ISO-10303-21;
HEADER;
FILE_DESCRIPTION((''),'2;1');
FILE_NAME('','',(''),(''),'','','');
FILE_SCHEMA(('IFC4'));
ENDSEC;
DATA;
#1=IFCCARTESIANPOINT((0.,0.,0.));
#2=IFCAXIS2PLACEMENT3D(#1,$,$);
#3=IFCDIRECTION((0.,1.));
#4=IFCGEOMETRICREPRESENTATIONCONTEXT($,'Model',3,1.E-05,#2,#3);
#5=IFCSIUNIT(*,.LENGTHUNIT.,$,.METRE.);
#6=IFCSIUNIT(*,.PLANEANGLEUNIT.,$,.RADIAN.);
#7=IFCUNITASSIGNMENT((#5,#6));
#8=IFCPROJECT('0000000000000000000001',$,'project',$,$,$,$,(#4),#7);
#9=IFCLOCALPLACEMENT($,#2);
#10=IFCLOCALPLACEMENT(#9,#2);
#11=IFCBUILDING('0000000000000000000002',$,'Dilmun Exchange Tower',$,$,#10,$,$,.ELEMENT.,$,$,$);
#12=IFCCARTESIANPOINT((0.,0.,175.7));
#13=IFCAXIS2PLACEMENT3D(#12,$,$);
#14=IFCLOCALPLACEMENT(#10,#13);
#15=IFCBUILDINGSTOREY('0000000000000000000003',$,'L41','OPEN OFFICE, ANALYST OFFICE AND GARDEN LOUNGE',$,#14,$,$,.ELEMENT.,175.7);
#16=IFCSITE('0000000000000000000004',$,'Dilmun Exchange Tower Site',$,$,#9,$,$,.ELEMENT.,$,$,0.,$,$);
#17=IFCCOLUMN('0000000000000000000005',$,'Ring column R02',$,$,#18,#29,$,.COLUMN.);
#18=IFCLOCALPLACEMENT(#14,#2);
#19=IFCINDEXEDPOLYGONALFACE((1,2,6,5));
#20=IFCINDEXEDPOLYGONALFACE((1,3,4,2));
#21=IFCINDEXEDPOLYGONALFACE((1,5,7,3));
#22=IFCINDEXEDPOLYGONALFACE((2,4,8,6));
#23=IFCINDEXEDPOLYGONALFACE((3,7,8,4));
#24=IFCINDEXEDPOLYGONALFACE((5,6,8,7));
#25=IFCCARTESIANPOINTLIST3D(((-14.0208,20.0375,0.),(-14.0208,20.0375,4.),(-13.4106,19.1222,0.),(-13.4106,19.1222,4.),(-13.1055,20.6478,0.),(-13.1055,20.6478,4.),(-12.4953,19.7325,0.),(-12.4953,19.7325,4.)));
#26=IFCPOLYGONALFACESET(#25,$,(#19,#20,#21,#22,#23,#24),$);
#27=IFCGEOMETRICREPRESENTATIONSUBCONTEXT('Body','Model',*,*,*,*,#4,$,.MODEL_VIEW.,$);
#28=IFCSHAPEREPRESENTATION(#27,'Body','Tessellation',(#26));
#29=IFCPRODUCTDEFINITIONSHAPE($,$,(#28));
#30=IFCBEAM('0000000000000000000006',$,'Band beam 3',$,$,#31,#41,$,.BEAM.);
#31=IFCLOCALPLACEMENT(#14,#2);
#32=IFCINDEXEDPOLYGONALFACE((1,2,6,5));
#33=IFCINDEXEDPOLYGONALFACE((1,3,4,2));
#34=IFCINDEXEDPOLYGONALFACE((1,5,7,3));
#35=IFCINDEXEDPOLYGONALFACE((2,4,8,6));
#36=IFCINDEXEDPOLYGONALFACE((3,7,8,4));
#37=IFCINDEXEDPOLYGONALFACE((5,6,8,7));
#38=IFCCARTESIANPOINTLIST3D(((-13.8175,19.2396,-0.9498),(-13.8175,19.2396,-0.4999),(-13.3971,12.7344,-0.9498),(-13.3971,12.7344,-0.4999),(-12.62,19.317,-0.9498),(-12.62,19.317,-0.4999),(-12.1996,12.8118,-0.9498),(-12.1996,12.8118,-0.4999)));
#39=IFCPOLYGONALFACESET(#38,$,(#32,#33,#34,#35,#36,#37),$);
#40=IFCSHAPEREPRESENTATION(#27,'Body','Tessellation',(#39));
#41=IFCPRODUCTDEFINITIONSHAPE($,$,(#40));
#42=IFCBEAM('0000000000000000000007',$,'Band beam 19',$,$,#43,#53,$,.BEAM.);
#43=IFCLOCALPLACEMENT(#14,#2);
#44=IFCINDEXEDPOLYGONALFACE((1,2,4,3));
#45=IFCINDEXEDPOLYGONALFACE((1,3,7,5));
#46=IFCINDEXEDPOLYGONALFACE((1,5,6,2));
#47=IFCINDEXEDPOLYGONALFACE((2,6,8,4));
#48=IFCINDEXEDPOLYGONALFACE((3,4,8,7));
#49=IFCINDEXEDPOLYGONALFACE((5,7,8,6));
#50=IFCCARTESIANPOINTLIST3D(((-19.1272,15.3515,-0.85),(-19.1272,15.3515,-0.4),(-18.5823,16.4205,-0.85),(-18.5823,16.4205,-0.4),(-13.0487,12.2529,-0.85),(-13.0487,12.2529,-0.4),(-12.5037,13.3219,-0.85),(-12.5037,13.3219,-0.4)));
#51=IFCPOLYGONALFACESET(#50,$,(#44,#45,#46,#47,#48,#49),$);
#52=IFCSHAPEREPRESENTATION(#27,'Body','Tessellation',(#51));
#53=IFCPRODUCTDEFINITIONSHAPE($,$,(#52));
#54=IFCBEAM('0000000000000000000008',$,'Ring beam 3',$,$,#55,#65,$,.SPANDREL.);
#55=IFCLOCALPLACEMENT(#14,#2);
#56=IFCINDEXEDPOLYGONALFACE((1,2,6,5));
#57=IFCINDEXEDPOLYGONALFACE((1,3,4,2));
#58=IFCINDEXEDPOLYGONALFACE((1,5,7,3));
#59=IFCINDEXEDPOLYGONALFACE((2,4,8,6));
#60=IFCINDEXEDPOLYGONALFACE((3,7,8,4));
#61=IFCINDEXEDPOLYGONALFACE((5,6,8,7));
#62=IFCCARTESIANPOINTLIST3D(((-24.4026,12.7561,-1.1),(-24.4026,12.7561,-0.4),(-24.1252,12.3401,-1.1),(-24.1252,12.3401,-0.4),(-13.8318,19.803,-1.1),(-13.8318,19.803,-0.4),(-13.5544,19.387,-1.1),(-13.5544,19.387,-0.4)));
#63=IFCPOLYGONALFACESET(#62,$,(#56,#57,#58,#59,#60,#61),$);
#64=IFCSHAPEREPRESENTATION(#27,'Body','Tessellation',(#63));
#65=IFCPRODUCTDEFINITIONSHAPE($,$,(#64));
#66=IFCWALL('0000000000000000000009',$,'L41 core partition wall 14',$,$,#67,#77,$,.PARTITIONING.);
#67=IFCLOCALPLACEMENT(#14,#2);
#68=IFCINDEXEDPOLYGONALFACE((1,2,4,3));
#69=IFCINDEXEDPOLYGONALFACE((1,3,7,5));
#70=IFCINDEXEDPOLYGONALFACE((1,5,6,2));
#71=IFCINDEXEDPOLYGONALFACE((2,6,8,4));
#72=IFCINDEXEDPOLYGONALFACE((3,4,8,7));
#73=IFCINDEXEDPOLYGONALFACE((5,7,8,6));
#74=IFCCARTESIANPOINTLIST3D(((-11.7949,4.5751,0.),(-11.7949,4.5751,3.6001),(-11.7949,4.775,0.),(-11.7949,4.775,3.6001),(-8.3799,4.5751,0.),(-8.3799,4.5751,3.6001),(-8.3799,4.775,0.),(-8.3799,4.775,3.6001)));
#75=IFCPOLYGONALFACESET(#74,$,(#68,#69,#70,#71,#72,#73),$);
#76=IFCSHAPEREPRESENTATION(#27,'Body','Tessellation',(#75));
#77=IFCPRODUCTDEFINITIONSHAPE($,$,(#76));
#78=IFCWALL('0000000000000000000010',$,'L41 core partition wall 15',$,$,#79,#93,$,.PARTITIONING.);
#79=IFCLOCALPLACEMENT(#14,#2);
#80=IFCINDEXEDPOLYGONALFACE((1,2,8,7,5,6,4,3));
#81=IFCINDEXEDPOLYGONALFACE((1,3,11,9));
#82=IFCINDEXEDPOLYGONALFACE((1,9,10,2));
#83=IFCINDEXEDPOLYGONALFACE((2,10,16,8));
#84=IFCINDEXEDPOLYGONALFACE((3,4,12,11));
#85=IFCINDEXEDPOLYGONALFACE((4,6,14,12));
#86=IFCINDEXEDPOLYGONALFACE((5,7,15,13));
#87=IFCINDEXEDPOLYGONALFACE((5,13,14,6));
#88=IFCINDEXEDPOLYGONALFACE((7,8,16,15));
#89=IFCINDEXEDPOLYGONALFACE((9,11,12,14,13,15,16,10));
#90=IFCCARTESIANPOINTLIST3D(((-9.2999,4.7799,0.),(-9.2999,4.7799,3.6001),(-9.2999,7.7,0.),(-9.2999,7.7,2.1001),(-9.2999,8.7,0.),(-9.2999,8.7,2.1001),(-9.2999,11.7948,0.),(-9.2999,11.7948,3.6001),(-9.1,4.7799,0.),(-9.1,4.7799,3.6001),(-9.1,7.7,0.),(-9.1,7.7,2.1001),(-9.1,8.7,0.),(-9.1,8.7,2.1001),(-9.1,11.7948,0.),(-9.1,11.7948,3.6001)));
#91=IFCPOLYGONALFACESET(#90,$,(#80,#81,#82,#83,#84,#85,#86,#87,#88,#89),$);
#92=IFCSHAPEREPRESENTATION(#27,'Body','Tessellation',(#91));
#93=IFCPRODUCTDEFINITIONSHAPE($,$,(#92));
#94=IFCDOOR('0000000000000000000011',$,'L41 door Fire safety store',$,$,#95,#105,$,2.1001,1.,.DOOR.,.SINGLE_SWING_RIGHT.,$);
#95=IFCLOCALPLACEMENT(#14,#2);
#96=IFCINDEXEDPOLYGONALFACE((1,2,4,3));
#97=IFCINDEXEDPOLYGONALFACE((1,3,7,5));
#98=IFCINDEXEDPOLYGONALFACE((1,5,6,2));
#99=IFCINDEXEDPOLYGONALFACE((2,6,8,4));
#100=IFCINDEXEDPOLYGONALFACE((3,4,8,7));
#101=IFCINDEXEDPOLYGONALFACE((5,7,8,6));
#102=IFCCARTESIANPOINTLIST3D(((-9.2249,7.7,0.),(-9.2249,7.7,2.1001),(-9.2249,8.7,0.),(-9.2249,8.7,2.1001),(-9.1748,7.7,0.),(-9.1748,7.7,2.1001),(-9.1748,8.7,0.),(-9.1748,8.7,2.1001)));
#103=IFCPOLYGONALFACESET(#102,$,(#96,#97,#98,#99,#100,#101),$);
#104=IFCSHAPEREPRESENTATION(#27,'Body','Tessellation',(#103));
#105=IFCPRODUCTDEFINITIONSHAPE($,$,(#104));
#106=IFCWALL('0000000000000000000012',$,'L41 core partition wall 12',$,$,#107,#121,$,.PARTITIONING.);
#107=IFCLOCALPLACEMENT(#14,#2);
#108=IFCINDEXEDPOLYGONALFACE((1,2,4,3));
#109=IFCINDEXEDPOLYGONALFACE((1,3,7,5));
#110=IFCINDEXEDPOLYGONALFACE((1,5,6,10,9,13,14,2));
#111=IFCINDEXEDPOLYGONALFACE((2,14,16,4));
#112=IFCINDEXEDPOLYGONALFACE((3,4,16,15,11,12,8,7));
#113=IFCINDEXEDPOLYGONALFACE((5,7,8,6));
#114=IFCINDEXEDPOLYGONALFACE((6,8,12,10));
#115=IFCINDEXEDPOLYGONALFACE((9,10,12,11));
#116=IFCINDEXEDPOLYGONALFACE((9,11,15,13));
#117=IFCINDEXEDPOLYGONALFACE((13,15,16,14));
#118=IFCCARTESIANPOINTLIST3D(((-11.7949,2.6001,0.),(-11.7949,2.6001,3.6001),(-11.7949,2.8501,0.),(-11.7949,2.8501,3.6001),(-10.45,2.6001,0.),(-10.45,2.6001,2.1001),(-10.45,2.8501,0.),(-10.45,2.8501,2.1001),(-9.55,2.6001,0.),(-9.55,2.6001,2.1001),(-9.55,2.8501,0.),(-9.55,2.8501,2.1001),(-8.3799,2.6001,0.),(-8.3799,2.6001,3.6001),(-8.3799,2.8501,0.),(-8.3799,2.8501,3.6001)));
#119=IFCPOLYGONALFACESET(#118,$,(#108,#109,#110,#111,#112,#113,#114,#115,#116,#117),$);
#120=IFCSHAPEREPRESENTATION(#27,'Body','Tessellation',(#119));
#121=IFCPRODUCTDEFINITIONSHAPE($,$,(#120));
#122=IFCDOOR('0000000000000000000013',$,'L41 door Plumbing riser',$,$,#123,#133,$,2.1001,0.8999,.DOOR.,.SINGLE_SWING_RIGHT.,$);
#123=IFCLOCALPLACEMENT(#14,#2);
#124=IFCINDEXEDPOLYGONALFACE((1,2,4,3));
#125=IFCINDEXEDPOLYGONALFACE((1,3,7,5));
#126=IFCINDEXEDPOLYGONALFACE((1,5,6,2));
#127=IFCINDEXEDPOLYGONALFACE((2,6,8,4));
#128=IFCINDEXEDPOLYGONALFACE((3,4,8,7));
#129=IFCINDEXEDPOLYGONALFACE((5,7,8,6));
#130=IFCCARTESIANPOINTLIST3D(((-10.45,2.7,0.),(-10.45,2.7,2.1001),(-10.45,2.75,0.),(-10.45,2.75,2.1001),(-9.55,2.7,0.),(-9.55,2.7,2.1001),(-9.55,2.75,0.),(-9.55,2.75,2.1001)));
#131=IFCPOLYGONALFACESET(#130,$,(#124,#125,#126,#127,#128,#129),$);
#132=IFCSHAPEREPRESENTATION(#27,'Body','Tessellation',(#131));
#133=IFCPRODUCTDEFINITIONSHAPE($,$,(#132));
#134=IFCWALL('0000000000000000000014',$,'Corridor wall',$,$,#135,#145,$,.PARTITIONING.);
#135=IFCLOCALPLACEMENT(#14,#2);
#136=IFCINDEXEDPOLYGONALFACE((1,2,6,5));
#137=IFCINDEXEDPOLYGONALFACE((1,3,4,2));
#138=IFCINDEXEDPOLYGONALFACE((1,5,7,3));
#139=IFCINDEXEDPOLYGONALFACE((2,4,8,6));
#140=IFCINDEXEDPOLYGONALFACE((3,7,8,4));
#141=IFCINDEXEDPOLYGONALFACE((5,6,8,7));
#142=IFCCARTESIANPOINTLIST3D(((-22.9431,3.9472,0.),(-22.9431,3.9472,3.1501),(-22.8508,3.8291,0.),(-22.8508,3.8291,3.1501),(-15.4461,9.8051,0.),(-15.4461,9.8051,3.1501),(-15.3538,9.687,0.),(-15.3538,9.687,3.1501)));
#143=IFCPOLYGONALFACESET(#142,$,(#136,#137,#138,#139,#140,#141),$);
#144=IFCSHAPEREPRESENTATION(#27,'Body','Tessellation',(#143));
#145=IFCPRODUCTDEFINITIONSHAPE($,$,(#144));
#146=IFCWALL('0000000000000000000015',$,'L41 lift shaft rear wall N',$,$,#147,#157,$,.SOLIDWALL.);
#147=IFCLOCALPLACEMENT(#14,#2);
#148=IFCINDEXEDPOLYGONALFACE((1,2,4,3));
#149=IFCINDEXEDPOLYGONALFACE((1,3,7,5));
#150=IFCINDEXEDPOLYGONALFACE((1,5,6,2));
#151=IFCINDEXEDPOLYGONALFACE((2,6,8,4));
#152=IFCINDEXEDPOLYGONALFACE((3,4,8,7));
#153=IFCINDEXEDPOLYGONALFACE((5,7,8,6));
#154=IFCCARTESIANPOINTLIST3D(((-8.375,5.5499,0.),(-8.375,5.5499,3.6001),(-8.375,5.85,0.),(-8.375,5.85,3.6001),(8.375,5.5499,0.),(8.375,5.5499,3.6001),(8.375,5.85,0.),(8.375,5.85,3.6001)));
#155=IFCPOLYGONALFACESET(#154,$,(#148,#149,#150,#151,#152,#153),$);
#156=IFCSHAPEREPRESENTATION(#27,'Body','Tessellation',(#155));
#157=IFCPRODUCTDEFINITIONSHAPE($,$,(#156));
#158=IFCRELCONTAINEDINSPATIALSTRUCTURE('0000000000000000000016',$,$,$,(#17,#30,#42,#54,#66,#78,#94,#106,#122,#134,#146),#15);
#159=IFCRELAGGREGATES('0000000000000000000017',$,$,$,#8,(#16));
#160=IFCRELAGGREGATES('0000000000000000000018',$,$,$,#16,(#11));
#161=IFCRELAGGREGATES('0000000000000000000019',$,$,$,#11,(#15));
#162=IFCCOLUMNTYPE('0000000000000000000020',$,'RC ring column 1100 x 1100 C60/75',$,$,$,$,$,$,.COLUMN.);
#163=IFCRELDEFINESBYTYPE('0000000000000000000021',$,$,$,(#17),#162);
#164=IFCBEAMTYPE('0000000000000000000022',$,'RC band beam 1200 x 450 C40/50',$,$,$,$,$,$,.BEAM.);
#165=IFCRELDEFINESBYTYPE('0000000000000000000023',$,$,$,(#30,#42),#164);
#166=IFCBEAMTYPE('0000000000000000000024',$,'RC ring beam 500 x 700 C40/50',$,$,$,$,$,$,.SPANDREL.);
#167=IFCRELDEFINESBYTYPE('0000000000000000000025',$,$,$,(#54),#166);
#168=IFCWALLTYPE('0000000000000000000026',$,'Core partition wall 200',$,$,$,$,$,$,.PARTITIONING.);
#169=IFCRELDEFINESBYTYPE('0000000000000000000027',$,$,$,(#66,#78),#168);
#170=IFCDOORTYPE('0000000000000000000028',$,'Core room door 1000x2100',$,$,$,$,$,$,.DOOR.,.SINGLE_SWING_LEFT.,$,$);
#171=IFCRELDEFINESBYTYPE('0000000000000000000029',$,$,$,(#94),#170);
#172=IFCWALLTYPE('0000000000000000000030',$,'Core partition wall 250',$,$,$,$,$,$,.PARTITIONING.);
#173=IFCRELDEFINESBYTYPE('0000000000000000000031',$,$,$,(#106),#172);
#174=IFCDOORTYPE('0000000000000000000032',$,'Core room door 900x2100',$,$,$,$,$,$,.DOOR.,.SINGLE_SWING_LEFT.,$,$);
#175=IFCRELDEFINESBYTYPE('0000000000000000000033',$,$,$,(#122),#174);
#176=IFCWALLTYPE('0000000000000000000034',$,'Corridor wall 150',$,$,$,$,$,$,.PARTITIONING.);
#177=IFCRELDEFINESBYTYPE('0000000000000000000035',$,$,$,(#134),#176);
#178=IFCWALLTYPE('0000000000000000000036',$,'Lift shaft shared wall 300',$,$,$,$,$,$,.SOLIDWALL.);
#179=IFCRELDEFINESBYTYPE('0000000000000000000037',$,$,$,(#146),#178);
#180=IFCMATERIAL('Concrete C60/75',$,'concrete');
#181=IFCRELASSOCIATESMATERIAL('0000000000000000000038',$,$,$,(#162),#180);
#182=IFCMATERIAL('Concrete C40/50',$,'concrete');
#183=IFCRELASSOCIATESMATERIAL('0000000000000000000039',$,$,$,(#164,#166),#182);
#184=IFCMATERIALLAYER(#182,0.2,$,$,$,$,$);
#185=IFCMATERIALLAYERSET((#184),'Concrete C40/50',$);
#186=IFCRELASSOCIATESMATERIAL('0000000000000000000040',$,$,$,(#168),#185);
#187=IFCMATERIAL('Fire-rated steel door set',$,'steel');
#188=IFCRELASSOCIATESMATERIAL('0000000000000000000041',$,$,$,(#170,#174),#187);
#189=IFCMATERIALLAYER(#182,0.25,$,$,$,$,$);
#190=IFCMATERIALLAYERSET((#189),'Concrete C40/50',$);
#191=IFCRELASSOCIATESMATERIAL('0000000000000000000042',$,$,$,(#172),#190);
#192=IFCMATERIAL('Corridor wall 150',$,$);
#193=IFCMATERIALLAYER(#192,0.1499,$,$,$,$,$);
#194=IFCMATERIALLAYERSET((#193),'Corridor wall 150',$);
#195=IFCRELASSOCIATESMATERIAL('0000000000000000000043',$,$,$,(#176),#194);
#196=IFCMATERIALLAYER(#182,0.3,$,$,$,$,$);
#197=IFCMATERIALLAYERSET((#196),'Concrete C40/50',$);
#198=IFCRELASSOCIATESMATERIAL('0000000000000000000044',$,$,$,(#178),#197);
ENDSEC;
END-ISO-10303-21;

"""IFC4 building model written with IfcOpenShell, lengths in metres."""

from ifc_helpers import new_model, si_unit, direction, frame, frame_2d, origin, origin_2d, place, context, subcontext, project, spatial, rectangle, extrude, material, layer, layer_set, material_profile, profile_set, type_object, element, fill, save


model = new_model("IFC4")

# Units and contexts
model_context = context("Model", 3, precision=1e-05, world=origin(), true_north=direction((0.0, 1.0)))
body_context = subcontext(model_context, "Body", "Model", "MODEL_VIEW")
ifc_project = project(units=[si_unit("LENGTHUNIT", "METRE"), si_unit("PLANEANGLEUNIT", "RADIAN")], contexts=[model_context])

# Site, building, storey
site_placement = place(None, origin())
site = spatial("IfcSite", under=ifc_project, at=site_placement, Name="Dilmun Exchange Tower Site", CompositionType="ELEMENT", RefElevation=0.0)
building_placement = place(site_placement, origin())
building = spatial("IfcBuilding", under=site, at=building_placement, Name="Dilmun Exchange Tower", CompositionType="ELEMENT")
storey_placement = place(building_placement, frame((0.0, 0.0, 175.7)))
storey = spatial("IfcBuildingStorey", under=building, at=storey_placement, Name="L41", Description="OPEN OFFICE, ANALYST OFFICE AND GARDEN LOUNGE", CompositionType="ELEMENT", Elevation=175.7)

# Column
ifc_material_1 = material(Name="Concrete C60/75", Category="concrete")
ifc_material_profile_1 = material_profile(ifc_material_1, rectangle(XDim=1.1001, YDim=1.1001, at=origin_2d()), Name="1100 x 1100")
ifc_profile_set_1 = profile_set([ifc_material_profile_1], Name="Concrete C60/75")
column_type = type_object("IfcColumnType", Name="RC ring column 1100 x 1100 C60/75", PredefinedType="COLUMN", material=ifc_profile_set_1)
column_placement = place(storey_placement, frame((-13.2581, 19.885, 0.0), z_axis=(0.0, 0.0, 1.0), x_axis=(0.832029, 0.554733, 0.0)))
element("IfcColumn", 1, at=column_placement, inside=storey, type_object=column_type, Name="Ring column R02", PredefinedType="COLUMN", context=body_context, shape_type="SweptSolid", body=[
    extrude(rectangle(XDim=1.1001, YDim=1.1001, at=origin_2d()), origin(), (0.0, 0.0, 1.0), 4.0),
])

# Beams
ifc_material_2 = material(Name="Concrete C40/50", Category="concrete")
ifc_material_profile_2 = material_profile(ifc_material_2, rectangle(XDim=1.2, YDim=0.45, at=origin_2d()), Name="1200 x 450")
ifc_profile_set_2 = profile_set([ifc_material_profile_2], Name="Concrete C40/50")
beam_type_1 = type_object("IfcBeamType", Name="RC band beam 1200 x 450 C40/50", PredefinedType="BEAM", material=ifc_profile_set_2)
beam_1_placement = place(storey_placement, frame((-13.2188, 19.2783, -0.7249), z_axis=(0.064493, -0.997918, 0.0), x_axis=(0.997918, 0.064493, 0.0)))
element("IfcBeam", 2, at=beam_1_placement, inside=storey, type_object=beam_type_1, Name="Band beam 3", PredefinedType="BEAM", context=body_context, shape_type="SweptSolid", body=[
    extrude(rectangle(XDim=1.2, YDim=0.45, at=origin_2d()), origin(), (0.0, 0.0, 1.0), 6.5188),
])
beam_2_placement = place(storey_placement, frame((-18.8547, 15.886, -0.625), z_axis=(0.890922, -0.454156, 0.0), x_axis=(0.454156, 0.890922, 0.0)))
element("IfcBeam", 3, at=beam_2_placement, inside=storey, type_object=beam_type_1, Name="Band beam 19", PredefinedType="BEAM", context=body_context, shape_type="SweptSolid", body=[
    extrude(rectangle(XDim=1.2, YDim=0.45, at=origin_2d()), origin(), (0.0, 0.0, 1.0), 6.8228),
])
ifc_material_profile_3 = material_profile(ifc_material_2, rectangle(XDim=0.5, YDim=0.7, at=origin_2d()), Name="500 x 700")
ifc_profile_set_3 = profile_set([ifc_material_profile_3], Name="Concrete C40/50")
beam_type_2 = type_object("IfcBeamType", Name="RC ring beam 500 x 700 C40/50", PredefinedType="SPANDREL", material=ifc_profile_set_3)
beam_3_placement = place(storey_placement, frame((-13.6931, 19.595, -0.75), z_axis=(-0.832062, -0.554682, 0.0), x_axis=(0.554682, -0.832062, 0.0)))
element("IfcBeam", 4, at=beam_3_placement, inside=storey, type_object=beam_type_2, Name="Ring beam 3", PredefinedType="SPANDREL", context=body_context, shape_type="SweptSolid", body=[
    extrude(rectangle(XDim=0.5, YDim=0.7, at=origin_2d()), origin(), (0.0, 0.0, 1.0), 12.7043),
])

# Wall
ifc_layer_1 = layer(ifc_material_2, 0.2)
ifc_layer_set_1 = layer_set([ifc_layer_1], Name="Concrete C40/50")
wall_type_1 = type_object("IfcWallType", Name="Core partition wall 200", PredefinedType="PARTITIONING", material=ifc_layer_set_1)
wall_1_placement = place(storey_placement, frame((-11.7949, 4.675, 0.0), z_axis=(0.0, 0.0, 1.0), x_axis=(1.0, 0.0, 0.0)))
element("IfcWall", 5, at=wall_1_placement, inside=storey, type_object=wall_type_1, Name="L41 core partition wall 14", PredefinedType="PARTITIONING", context=body_context, shape_type="SweptSolid", body=[
    extrude(rectangle(XDim=3.415, YDim=0.2, at=frame_2d((1.7075, 0.0))), origin(), (0.0, 0.0, 1.0), 3.6001),
])

# Walls, openings, doors
wall_2_placement = place(storey_placement, frame((-9.2, 4.78, 0.0), z_axis=(0.0, 0.0, 1.0), x_axis=(0.0, 1.0, 0.0)))
wall_2 = element("IfcWall", 6, at=wall_2_placement, inside=storey, type_object=wall_type_1, Name="L41 core partition wall 15", PredefinedType="PARTITIONING", context=body_context, shape_type="SweptSolid", body=[
    extrude(rectangle(XDim=7.0149, YDim=0.2, at=frame_2d((3.5073, 0.0))), origin(), (0.0, 0.0, 1.0), 3.6001),
])
opening_1_placement = place(wall_2_placement, frame((2.9199, 0.0, 0.0)))
opening_1 = element("IfcOpeningElement", 7, at=opening_1_placement, cuts=wall_2, PredefinedType="OPENING", context=body_context, shape_type="SweptSolid", body=[
    extrude(rectangle(XDim=1.0, YDim=2.1001, at=frame_2d((0.5, 1.05))), frame((0.0, 0.1099, 0.0), z_axis=(0.0, -1.0, 0.0), x_axis=(1.0, 0.0, 0.0)), (0.0, 0.0, 1.0), 0.22),
])
ifc_material_3 = material(Name="Fire-rated steel door set", Category="steel")
door_type_1 = type_object("IfcDoorType", Name="Core room door 1000x2100", OperationType="SINGLE_SWING_LEFT", PredefinedType="DOOR", material=ifc_material_3)
door_1_placement = place(opening_1_placement, origin())
door_1 = element("IfcDoor", 8, at=door_1_placement, inside=storey, type_object=door_type_1, Name="L41 door Fire safety store", OperationType="SINGLE_SWING_RIGHT", OverallHeight=2.1001, OverallWidth=1.0, PredefinedType="DOOR", context=body_context, shape_type="SweptSolid", body=[
    extrude(rectangle(XDim=1.0, YDim=2.1001, at=frame_2d((0.5, 1.05))), frame((0.0, 0.0249, 0.0), z_axis=(0.0, -1.0, 0.0), x_axis=(1.0, 0.0, 0.0)), (0.0, 0.0, 1.0), 0.05),
])
fill(opening_1, door_1)
ifc_layer_2 = layer(ifc_material_2, 0.25)
ifc_layer_set_2 = layer_set([ifc_layer_2], Name="Concrete C40/50")
wall_type_2 = type_object("IfcWallType", Name="Core partition wall 250", PredefinedType="PARTITIONING", material=ifc_layer_set_2)
wall_3_placement = place(storey_placement, frame((-11.7949, 2.7251, 0.0), z_axis=(0.0, 0.0, 1.0), x_axis=(1.0, 0.0, 0.0)))
wall_3 = element("IfcWall", 9, at=wall_3_placement, inside=storey, type_object=wall_type_2, Name="L41 core partition wall 12", PredefinedType="PARTITIONING", context=body_context, shape_type="SweptSolid", body=[
    extrude(rectangle(XDim=3.415, YDim=0.25, at=frame_2d((1.7075, 0.0))), origin(), (0.0, 0.0, 1.0), 3.6001),
])
opening_2_placement = place(wall_3_placement, frame((1.345, 0.0, 0.0)))
opening_2 = element("IfcOpeningElement", 10, at=opening_2_placement, cuts=wall_3, PredefinedType="OPENING", context=body_context, shape_type="SweptSolid", body=[
    extrude(rectangle(XDim=0.8999, YDim=2.1001, at=frame_2d((0.45, 1.05))), frame((0.0, 0.135, 0.0), z_axis=(0.0, -1.0, 0.0), x_axis=(1.0, 0.0, 0.0)), (0.0, 0.0, 1.0), 0.27),
])
door_type_2 = type_object("IfcDoorType", Name="Core room door 900x2100", OperationType="SINGLE_SWING_LEFT", PredefinedType="DOOR", material=ifc_material_3)
door_2_placement = place(opening_2_placement, origin())
door_2 = element("IfcDoor", 11, at=door_2_placement, inside=storey, type_object=door_type_2, Name="L41 door Plumbing riser", OperationType="SINGLE_SWING_RIGHT", OverallHeight=2.1001, OverallWidth=0.8999, PredefinedType="DOOR", context=body_context, shape_type="SweptSolid", body=[
    extrude(rectangle(XDim=0.8999, YDim=2.1001, at=frame_2d((0.45, 1.05))), frame((0.0, 0.0249, 0.0), z_axis=(0.0, -1.0, 0.0), x_axis=(1.0, 0.0, 0.0)), (0.0, 0.0, 1.0), 0.05),
])
fill(opening_2, door_2)

# Walls
ifc_material_4 = material(Name="Corridor wall 150")
ifc_layer_3 = layer(ifc_material_4, 0.1499)
ifc_layer_set_3 = layer_set([ifc_layer_3], Name="Corridor wall 150")
wall_type_3 = type_object("IfcWallType", Name="Corridor wall 150", PredefinedType="PARTITIONING", material=ifc_layer_set_3)
wall_4_placement = place(storey_placement, frame((-22.897, 3.8882, 0.0), z_axis=(0.0, 0.0, 1.0), x_axis=(0.787982, 0.615698, 0.0)))
element("IfcWall", 12, at=wall_4_placement, inside=storey, type_object=wall_type_3, Name="Corridor wall", PredefinedType="PARTITIONING", context=body_context, shape_type="SweptSolid", body=[
    extrude(rectangle(XDim=9.5142, YDim=0.1499, at=frame_2d((4.7571, 0.0))), origin(), (0.0, 0.0, 1.0), 3.1501),
])
ifc_layer_4 = layer(ifc_material_2, 0.3)
ifc_layer_set_4 = layer_set([ifc_layer_4], Name="Concrete C40/50")
wall_type_4 = type_object("IfcWallType", Name="Lift shaft shared wall 300", PredefinedType="SOLIDWALL", material=ifc_layer_set_4)
wall_5_placement = place(storey_placement, frame((-8.375, 5.7, 0.0), z_axis=(0.0, 0.0, 1.0), x_axis=(1.0, 0.0, 0.0)))
element("IfcWall", 13, at=wall_5_placement, inside=storey, type_object=wall_type_4, Name="L41 lift shaft rear wall N", PredefinedType="SOLIDWALL", context=body_context, shape_type="SweptSolid", body=[
    extrude(rectangle(XDim=16.75, YDim=0.3, at=frame_2d((8.375, 0.0))), origin(), (0.0, 0.0, 1.0), 3.6001),
])

save(model, "model.ifc")
